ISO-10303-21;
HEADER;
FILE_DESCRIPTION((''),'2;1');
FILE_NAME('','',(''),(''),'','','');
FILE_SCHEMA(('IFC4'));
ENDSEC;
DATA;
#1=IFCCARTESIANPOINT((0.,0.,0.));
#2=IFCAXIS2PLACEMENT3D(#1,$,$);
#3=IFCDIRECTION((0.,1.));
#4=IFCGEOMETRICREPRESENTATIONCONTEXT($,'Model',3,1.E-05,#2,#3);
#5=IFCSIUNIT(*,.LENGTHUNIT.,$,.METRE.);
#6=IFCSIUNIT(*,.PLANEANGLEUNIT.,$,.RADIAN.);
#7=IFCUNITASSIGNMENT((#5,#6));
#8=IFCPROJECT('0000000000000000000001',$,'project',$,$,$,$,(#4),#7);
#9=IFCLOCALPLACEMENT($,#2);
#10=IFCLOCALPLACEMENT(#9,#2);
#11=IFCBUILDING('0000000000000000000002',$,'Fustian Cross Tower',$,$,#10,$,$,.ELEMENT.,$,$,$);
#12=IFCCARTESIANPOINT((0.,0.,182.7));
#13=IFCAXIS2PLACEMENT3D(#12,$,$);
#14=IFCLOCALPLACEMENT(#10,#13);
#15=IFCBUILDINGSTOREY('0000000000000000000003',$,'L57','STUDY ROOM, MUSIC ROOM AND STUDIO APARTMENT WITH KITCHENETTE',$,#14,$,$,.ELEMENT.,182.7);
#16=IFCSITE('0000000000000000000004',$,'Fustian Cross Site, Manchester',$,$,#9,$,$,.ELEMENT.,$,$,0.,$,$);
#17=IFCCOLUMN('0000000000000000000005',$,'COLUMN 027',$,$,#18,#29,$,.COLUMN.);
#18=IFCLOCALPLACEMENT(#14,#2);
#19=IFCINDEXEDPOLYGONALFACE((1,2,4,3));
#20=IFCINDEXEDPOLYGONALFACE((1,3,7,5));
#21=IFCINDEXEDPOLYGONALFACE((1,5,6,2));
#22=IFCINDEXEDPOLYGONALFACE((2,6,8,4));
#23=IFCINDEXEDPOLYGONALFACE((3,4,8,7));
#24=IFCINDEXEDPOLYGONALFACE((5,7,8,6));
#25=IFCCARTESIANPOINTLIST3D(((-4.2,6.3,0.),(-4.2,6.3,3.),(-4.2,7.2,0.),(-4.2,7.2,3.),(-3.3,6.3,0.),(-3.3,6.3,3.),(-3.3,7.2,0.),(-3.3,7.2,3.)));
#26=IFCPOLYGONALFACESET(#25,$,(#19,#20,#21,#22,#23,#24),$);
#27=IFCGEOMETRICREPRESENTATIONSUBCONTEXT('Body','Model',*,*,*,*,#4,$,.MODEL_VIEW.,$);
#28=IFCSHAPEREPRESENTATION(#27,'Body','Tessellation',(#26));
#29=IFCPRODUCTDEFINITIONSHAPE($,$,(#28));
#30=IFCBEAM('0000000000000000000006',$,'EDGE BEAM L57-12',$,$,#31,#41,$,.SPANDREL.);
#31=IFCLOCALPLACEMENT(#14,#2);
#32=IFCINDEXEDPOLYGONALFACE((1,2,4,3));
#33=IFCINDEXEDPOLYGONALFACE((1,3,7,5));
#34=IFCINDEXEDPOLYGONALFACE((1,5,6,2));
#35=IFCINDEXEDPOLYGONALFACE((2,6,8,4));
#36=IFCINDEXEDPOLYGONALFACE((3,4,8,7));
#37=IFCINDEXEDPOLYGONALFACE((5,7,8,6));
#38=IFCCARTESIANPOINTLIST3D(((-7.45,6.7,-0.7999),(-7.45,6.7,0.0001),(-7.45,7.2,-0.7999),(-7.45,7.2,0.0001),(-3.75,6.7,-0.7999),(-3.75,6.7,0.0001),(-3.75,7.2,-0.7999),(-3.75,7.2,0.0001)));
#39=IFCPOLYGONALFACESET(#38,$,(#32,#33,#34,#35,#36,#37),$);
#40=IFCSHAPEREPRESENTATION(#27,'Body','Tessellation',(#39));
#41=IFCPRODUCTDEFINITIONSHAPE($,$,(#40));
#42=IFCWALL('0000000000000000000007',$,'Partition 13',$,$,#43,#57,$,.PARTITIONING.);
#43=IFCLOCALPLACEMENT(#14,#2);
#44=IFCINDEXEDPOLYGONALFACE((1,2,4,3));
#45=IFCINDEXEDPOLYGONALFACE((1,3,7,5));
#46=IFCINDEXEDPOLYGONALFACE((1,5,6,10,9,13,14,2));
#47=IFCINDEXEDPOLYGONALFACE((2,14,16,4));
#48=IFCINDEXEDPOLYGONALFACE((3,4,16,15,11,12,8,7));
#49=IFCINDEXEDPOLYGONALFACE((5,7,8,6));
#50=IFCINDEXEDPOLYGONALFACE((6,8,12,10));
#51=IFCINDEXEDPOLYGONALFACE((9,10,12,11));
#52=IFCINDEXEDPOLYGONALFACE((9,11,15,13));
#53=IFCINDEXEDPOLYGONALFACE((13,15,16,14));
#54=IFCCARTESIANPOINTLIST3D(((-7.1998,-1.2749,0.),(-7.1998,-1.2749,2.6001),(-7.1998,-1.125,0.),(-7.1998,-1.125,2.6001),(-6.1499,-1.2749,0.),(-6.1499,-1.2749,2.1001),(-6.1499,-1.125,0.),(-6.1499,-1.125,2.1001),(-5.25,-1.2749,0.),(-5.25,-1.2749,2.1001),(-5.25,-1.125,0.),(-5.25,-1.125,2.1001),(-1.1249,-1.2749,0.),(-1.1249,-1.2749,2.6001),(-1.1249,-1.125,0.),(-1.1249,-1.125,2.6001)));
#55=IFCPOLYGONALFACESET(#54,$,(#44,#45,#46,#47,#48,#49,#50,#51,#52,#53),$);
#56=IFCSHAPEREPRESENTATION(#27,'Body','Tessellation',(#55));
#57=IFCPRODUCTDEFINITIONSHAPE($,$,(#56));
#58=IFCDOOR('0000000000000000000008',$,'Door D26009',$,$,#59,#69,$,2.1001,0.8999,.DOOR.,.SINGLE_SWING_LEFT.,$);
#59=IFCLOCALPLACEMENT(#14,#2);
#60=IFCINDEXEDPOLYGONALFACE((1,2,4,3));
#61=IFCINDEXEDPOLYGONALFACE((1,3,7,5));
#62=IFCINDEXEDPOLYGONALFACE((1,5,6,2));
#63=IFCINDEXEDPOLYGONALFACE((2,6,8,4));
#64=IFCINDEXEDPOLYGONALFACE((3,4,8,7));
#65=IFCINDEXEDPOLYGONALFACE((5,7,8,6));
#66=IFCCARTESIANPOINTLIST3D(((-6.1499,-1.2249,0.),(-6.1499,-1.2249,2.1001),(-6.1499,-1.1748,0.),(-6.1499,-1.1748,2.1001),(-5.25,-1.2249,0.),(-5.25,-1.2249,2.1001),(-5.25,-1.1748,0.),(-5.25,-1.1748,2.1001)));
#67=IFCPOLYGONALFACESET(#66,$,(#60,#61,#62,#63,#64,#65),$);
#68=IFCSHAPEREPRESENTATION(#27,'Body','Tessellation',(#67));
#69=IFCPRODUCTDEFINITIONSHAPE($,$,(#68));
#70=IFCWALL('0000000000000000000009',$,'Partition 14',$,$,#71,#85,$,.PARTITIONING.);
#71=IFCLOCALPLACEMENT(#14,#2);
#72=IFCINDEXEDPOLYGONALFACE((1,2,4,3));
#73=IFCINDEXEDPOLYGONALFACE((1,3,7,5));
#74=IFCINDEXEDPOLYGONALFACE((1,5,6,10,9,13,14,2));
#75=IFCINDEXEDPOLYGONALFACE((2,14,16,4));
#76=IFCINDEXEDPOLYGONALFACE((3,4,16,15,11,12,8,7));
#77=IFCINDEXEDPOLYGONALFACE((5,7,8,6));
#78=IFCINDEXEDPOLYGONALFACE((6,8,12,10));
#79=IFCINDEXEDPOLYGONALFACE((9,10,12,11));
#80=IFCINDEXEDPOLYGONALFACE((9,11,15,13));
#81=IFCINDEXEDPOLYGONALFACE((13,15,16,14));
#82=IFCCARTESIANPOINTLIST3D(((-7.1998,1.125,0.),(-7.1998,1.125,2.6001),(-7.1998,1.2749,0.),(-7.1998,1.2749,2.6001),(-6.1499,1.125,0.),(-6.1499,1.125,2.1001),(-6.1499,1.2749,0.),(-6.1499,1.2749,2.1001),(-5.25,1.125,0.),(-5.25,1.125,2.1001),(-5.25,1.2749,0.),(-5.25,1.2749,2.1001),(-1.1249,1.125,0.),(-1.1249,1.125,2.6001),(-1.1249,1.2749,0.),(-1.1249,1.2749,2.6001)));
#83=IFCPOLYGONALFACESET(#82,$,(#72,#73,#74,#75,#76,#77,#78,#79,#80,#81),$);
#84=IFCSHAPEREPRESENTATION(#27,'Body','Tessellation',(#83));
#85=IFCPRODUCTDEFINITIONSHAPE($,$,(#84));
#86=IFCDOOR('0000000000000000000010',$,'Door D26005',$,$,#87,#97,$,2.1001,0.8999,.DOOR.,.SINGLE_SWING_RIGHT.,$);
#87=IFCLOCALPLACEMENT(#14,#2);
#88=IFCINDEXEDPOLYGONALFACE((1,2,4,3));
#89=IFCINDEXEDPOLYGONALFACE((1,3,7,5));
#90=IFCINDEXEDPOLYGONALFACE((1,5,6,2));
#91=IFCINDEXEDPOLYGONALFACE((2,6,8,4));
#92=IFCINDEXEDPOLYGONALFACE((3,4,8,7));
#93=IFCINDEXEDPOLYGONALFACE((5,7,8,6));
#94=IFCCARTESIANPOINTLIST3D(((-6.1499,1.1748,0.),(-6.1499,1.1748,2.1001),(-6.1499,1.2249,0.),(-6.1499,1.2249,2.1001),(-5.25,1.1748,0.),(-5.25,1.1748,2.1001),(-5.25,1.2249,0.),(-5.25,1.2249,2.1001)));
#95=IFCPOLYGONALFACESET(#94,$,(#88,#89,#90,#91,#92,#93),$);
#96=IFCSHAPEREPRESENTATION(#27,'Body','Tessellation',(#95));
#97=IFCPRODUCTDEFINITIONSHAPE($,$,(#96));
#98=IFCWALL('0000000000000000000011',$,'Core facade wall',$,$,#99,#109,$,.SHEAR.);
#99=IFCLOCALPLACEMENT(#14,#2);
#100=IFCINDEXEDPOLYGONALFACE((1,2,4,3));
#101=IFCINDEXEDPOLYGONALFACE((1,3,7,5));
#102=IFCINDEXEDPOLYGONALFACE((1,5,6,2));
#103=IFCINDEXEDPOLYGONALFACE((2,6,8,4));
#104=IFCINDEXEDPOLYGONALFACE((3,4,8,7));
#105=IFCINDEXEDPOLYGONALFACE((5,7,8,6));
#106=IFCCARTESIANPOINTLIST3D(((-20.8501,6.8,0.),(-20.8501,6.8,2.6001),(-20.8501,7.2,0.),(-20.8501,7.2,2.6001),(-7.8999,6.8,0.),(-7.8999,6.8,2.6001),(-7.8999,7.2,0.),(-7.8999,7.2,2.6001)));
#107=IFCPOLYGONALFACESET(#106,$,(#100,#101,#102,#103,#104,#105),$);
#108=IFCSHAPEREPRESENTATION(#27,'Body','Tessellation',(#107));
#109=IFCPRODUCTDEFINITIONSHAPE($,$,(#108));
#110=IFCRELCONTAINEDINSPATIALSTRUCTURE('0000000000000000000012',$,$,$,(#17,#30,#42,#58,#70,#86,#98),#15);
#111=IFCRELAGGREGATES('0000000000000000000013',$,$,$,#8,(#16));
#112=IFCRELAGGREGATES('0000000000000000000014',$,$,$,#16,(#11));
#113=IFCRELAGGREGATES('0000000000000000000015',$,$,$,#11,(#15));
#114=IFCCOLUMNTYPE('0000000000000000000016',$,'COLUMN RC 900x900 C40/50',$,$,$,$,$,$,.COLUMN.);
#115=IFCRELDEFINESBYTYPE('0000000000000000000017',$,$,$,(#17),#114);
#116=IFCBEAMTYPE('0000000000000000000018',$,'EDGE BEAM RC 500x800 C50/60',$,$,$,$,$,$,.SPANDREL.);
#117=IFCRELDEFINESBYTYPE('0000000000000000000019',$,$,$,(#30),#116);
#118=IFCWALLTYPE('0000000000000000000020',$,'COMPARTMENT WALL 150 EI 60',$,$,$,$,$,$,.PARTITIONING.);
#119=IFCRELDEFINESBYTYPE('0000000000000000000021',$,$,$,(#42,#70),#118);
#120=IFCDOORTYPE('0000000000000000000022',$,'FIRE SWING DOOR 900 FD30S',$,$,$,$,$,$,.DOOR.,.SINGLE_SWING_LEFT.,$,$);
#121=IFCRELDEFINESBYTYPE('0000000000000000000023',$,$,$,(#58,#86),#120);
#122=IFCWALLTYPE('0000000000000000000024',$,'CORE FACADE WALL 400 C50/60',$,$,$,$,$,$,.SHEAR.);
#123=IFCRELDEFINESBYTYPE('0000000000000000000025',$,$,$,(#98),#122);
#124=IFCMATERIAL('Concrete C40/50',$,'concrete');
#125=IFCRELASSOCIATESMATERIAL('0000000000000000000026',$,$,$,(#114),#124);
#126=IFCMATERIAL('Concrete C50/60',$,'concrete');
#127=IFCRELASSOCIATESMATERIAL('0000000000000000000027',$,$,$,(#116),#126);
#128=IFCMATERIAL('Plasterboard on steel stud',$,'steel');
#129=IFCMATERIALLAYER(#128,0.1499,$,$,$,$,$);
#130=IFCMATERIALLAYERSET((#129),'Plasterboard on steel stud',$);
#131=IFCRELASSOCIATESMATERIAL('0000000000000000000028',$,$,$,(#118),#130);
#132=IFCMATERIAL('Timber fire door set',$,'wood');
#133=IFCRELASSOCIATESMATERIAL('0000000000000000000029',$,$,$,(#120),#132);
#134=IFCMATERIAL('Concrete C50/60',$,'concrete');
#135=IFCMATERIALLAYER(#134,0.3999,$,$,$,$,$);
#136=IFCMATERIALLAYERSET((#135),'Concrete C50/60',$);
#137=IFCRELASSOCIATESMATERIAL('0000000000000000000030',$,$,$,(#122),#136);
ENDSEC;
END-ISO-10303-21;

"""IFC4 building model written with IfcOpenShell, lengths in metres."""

from ifc_helpers import new_model, si_unit, direction, frame, frame_2d, origin, origin_2d, place, context, subcontext, project, spatial, rectangle, extrude, material, layer, layer_set, material_profile, profile_set, type_object, element, fill, save


model = new_model("IFC4")

# Units and contexts
model_context = context("Model", 3, precision=1e-05, world=origin(), true_north=direction((0.0, 1.0)))
body_context = subcontext(model_context, "Body", "Model", "MODEL_VIEW")
ifc_project = project(units=[si_unit("LENGTHUNIT", "METRE"), si_unit("PLANEANGLEUNIT", "RADIAN")], contexts=[model_context])

# Site, building, storey
site_placement = place(None, origin())
site = spatial("IfcSite", under=ifc_project, at=site_placement, Name="Fustian Cross Site, Manchester", CompositionType="ELEMENT", RefElevation=0.0)
building_placement = place(site_placement, origin())
building = spatial("IfcBuilding", under=site, at=building_placement, Name="Fustian Cross Tower", CompositionType="ELEMENT")
storey_placement = place(building_placement, frame((0.0, 0.0, 182.7)))
storey = spatial("IfcBuildingStorey", under=building, at=storey_placement, Name="L57", Description="STUDY ROOM, MUSIC ROOM AND STUDIO APARTMENT WITH KITCHENETTE", CompositionType="ELEMENT", Elevation=182.7)

# Column
ifc_material_1 = material(Name="Concrete C40/50", Category="concrete")
ifc_material_profile_1 = material_profile(ifc_material_1, rectangle(XDim=0.8999, YDim=0.8999, at=origin_2d()), Name="RC 900x900")
ifc_profile_set_1 = profile_set([ifc_material_profile_1], Name="Concrete C40/50")
column_type = type_object("IfcColumnType", Name="COLUMN RC 900x900 C40/50", PredefinedType="COLUMN", material=ifc_profile_set_1)
column_placement = place(storey_placement, frame((-3.75, 6.75, 0.0), z_axis=(0.0, 0.0, 1.0), x_axis=(1.0, 0.0, 0.0)))
element("IfcColumn", 1, at=column_placement, inside=storey, type_object=column_type, Name="COLUMN 027", PredefinedType="COLUMN", context=body_context, shape_type="SweptSolid", body=[
    extrude(rectangle(XDim=0.8999, YDim=0.8999, at=origin_2d()), origin(), (0.0, 0.0, 1.0), 3.0),
])

# Beam
ifc_material_2 = material(Name="Concrete C50/60", Category="concrete")
ifc_material_profile_2 = material_profile(ifc_material_2, rectangle(XDim=0.5, YDim=0.8, at=origin_2d()), Name="RC 500x800")
ifc_profile_set_2 = profile_set([ifc_material_profile_2], Name="Concrete C50/60")
beam_type = type_object("IfcBeamType", Name="EDGE BEAM RC 500x800 C50/60", PredefinedType="SPANDREL", material=ifc_profile_set_2)
beam_placement = place(storey_placement, frame((-3.75, 6.95, -0.3999), z_axis=(-1.0, 0.0, 0.0), x_axis=(0.0, -1.0, 0.0)))
element("IfcBeam", 2, at=beam_placement, inside=storey, type_object=beam_type, Name="EDGE BEAM L57-12", PredefinedType="SPANDREL", context=body_context, shape_type="SweptSolid", body=[
    extrude(rectangle(XDim=0.5, YDim=0.8, at=origin_2d()), origin(), (0.0, 0.0, 1.0), 3.7),
])

# Walls, openings, doors
ifc_material_3 = material(Name="Plasterboard on steel stud", Category="steel")
ifc_layer_1 = layer(ifc_material_3, 0.1499)
ifc_layer_set_1 = layer_set([ifc_layer_1], Name="Plasterboard on steel stud")
wall_type_1 = type_object("IfcWallType", Name="COMPARTMENT WALL 150 EI 60", PredefinedType="PARTITIONING", material=ifc_layer_set_1)
wall_1_placement = place(storey_placement, frame((-7.2, -1.2, 0.0), z_axis=(0.0, 0.0, 1.0), x_axis=(1.0, 0.0, 0.0)))
wall_1 = element("IfcWall", 3, at=wall_1_placement, inside=storey, type_object=wall_type_1, Name="Partition 13", PredefinedType="PARTITIONING", context=body_context, shape_type="SweptSolid", body=[
    extrude(rectangle(XDim=6.075, YDim=0.1499, at=frame_2d((3.0376, 0.0))), origin(), (0.0, 0.0, 1.0), 2.6001),
])
opening_1_placement = place(wall_1_placement, frame((1.05, 0.0, 0.0)))
opening_1 = element("IfcOpeningElement", 4, at=opening_1_placement, cuts=wall_1, PredefinedType="OPENING", context=body_context, shape_type="SweptSolid", body=[
    extrude(rectangle(XDim=0.8999, YDim=2.1001, at=frame_2d((0.45, 1.05))), frame((0.0, 0.085, 0.0), z_axis=(0.0, -1.0, 0.0), x_axis=(1.0, 0.0, 0.0)), (0.0, 0.0, 1.0), 0.1699),
])
ifc_material_4 = material(Name="Timber fire door set", Category="wood")
door_type_1 = type_object("IfcDoorType", Name="FIRE SWING DOOR 900 FD30S", OperationType="SINGLE_SWING_LEFT", PredefinedType="DOOR", material=ifc_material_4)
door_1_placement = place(opening_1_placement, frame((0.8999, 0.0, 0.0), z_axis=(0.0, 0.0, 1.0), x_axis=(-1.0, 0.0, 0.0)))
door_1 = element("IfcDoor", 5, at=door_1_placement, inside=storey, type_object=door_type_1, Name="Door D26009", OperationType="SINGLE_SWING_LEFT", OverallHeight=2.1001, OverallWidth=0.8999, PredefinedType="DOOR", context=body_context, shape_type="SweptSolid", body=[
    extrude(rectangle(XDim=0.8999, YDim=2.1001, at=frame_2d((0.45, 1.05))), frame((0.0, 0.0249, 0.0), z_axis=(0.0, -1.0, 0.0), x_axis=(1.0, 0.0, 0.0)), (0.0, 0.0, 1.0), 0.05),
])
fill(opening_1, door_1)
wall_2_placement = place(storey_placement, frame((-7.2, 1.2, 0.0), z_axis=(0.0, 0.0, 1.0), x_axis=(1.0, 0.0, 0.0)))
wall_2 = element("IfcWall", 6, at=wall_2_placement, inside=storey, type_object=wall_type_1, Name="Partition 14", PredefinedType="PARTITIONING", context=body_context, shape_type="SweptSolid", body=[
    extrude(rectangle(XDim=6.075, YDim=0.1499, at=frame_2d((3.0376, 0.0))), origin(), (0.0, 0.0, 1.0), 2.6001),
])
opening_2_placement = place(wall_2_placement, frame((1.05, 0.0, 0.0)))
opening_2 = element("IfcOpeningElement", 7, at=opening_2_placement, cuts=wall_2, PredefinedType="OPENING", context=body_context, shape_type="SweptSolid", body=[
    extrude(rectangle(XDim=0.8999, YDim=2.1001, at=frame_2d((0.45, 1.05))), frame((0.0, 0.085, 0.0), z_axis=(0.0, -1.0, 0.0), x_axis=(1.0, 0.0, 0.0)), (0.0, 0.0, 1.0), 0.1699),
])
door_2_placement = place(opening_2_placement, origin())
door_2 = element("IfcDoor", 8, at=door_2_placement, inside=storey, type_object=door_type_1, Name="Door D26005", OperationType="SINGLE_SWING_RIGHT", OverallHeight=2.1001, OverallWidth=0.8999, PredefinedType="DOOR", context=body_context, shape_type="SweptSolid", body=[
    extrude(rectangle(XDim=0.8999, YDim=2.1001, at=frame_2d((0.45, 1.05))), frame((0.0, 0.0249, 0.0), z_axis=(0.0, -1.0, 0.0), x_axis=(1.0, 0.0, 0.0)), (0.0, 0.0, 1.0), 0.05),
])
fill(opening_2, door_2)

# Wall
ifc_material_5 = material(Name="Concrete C50/60", Category="concrete")
ifc_layer_2 = layer(ifc_material_5, 0.3999)
ifc_layer_set_2 = layer_set([ifc_layer_2], Name="Concrete C50/60")
wall_type_2 = type_object("IfcWallType", Name="CORE FACADE WALL 400 C50/60", PredefinedType="SHEAR", material=ifc_layer_set_2)
wall_3_placement = place(storey_placement, frame((-7.8999, 7.0, 0.0), z_axis=(0.0, 0.0, 1.0), x_axis=(-1.0, 0.0, 0.0)))
element("IfcWall", 9, at=wall_3_placement, inside=storey, type_object=wall_type_2, Name="Core facade wall", PredefinedType="SHEAR", context=body_context, shape_type="SweptSolid", body=[
    extrude(rectangle(XDim=12.9502, YDim=0.3999, at=frame_2d((6.4751, 0.0))), origin(), (0.0, 0.0, 1.0), 2.6001),
])

save(model, "model.ifc")
